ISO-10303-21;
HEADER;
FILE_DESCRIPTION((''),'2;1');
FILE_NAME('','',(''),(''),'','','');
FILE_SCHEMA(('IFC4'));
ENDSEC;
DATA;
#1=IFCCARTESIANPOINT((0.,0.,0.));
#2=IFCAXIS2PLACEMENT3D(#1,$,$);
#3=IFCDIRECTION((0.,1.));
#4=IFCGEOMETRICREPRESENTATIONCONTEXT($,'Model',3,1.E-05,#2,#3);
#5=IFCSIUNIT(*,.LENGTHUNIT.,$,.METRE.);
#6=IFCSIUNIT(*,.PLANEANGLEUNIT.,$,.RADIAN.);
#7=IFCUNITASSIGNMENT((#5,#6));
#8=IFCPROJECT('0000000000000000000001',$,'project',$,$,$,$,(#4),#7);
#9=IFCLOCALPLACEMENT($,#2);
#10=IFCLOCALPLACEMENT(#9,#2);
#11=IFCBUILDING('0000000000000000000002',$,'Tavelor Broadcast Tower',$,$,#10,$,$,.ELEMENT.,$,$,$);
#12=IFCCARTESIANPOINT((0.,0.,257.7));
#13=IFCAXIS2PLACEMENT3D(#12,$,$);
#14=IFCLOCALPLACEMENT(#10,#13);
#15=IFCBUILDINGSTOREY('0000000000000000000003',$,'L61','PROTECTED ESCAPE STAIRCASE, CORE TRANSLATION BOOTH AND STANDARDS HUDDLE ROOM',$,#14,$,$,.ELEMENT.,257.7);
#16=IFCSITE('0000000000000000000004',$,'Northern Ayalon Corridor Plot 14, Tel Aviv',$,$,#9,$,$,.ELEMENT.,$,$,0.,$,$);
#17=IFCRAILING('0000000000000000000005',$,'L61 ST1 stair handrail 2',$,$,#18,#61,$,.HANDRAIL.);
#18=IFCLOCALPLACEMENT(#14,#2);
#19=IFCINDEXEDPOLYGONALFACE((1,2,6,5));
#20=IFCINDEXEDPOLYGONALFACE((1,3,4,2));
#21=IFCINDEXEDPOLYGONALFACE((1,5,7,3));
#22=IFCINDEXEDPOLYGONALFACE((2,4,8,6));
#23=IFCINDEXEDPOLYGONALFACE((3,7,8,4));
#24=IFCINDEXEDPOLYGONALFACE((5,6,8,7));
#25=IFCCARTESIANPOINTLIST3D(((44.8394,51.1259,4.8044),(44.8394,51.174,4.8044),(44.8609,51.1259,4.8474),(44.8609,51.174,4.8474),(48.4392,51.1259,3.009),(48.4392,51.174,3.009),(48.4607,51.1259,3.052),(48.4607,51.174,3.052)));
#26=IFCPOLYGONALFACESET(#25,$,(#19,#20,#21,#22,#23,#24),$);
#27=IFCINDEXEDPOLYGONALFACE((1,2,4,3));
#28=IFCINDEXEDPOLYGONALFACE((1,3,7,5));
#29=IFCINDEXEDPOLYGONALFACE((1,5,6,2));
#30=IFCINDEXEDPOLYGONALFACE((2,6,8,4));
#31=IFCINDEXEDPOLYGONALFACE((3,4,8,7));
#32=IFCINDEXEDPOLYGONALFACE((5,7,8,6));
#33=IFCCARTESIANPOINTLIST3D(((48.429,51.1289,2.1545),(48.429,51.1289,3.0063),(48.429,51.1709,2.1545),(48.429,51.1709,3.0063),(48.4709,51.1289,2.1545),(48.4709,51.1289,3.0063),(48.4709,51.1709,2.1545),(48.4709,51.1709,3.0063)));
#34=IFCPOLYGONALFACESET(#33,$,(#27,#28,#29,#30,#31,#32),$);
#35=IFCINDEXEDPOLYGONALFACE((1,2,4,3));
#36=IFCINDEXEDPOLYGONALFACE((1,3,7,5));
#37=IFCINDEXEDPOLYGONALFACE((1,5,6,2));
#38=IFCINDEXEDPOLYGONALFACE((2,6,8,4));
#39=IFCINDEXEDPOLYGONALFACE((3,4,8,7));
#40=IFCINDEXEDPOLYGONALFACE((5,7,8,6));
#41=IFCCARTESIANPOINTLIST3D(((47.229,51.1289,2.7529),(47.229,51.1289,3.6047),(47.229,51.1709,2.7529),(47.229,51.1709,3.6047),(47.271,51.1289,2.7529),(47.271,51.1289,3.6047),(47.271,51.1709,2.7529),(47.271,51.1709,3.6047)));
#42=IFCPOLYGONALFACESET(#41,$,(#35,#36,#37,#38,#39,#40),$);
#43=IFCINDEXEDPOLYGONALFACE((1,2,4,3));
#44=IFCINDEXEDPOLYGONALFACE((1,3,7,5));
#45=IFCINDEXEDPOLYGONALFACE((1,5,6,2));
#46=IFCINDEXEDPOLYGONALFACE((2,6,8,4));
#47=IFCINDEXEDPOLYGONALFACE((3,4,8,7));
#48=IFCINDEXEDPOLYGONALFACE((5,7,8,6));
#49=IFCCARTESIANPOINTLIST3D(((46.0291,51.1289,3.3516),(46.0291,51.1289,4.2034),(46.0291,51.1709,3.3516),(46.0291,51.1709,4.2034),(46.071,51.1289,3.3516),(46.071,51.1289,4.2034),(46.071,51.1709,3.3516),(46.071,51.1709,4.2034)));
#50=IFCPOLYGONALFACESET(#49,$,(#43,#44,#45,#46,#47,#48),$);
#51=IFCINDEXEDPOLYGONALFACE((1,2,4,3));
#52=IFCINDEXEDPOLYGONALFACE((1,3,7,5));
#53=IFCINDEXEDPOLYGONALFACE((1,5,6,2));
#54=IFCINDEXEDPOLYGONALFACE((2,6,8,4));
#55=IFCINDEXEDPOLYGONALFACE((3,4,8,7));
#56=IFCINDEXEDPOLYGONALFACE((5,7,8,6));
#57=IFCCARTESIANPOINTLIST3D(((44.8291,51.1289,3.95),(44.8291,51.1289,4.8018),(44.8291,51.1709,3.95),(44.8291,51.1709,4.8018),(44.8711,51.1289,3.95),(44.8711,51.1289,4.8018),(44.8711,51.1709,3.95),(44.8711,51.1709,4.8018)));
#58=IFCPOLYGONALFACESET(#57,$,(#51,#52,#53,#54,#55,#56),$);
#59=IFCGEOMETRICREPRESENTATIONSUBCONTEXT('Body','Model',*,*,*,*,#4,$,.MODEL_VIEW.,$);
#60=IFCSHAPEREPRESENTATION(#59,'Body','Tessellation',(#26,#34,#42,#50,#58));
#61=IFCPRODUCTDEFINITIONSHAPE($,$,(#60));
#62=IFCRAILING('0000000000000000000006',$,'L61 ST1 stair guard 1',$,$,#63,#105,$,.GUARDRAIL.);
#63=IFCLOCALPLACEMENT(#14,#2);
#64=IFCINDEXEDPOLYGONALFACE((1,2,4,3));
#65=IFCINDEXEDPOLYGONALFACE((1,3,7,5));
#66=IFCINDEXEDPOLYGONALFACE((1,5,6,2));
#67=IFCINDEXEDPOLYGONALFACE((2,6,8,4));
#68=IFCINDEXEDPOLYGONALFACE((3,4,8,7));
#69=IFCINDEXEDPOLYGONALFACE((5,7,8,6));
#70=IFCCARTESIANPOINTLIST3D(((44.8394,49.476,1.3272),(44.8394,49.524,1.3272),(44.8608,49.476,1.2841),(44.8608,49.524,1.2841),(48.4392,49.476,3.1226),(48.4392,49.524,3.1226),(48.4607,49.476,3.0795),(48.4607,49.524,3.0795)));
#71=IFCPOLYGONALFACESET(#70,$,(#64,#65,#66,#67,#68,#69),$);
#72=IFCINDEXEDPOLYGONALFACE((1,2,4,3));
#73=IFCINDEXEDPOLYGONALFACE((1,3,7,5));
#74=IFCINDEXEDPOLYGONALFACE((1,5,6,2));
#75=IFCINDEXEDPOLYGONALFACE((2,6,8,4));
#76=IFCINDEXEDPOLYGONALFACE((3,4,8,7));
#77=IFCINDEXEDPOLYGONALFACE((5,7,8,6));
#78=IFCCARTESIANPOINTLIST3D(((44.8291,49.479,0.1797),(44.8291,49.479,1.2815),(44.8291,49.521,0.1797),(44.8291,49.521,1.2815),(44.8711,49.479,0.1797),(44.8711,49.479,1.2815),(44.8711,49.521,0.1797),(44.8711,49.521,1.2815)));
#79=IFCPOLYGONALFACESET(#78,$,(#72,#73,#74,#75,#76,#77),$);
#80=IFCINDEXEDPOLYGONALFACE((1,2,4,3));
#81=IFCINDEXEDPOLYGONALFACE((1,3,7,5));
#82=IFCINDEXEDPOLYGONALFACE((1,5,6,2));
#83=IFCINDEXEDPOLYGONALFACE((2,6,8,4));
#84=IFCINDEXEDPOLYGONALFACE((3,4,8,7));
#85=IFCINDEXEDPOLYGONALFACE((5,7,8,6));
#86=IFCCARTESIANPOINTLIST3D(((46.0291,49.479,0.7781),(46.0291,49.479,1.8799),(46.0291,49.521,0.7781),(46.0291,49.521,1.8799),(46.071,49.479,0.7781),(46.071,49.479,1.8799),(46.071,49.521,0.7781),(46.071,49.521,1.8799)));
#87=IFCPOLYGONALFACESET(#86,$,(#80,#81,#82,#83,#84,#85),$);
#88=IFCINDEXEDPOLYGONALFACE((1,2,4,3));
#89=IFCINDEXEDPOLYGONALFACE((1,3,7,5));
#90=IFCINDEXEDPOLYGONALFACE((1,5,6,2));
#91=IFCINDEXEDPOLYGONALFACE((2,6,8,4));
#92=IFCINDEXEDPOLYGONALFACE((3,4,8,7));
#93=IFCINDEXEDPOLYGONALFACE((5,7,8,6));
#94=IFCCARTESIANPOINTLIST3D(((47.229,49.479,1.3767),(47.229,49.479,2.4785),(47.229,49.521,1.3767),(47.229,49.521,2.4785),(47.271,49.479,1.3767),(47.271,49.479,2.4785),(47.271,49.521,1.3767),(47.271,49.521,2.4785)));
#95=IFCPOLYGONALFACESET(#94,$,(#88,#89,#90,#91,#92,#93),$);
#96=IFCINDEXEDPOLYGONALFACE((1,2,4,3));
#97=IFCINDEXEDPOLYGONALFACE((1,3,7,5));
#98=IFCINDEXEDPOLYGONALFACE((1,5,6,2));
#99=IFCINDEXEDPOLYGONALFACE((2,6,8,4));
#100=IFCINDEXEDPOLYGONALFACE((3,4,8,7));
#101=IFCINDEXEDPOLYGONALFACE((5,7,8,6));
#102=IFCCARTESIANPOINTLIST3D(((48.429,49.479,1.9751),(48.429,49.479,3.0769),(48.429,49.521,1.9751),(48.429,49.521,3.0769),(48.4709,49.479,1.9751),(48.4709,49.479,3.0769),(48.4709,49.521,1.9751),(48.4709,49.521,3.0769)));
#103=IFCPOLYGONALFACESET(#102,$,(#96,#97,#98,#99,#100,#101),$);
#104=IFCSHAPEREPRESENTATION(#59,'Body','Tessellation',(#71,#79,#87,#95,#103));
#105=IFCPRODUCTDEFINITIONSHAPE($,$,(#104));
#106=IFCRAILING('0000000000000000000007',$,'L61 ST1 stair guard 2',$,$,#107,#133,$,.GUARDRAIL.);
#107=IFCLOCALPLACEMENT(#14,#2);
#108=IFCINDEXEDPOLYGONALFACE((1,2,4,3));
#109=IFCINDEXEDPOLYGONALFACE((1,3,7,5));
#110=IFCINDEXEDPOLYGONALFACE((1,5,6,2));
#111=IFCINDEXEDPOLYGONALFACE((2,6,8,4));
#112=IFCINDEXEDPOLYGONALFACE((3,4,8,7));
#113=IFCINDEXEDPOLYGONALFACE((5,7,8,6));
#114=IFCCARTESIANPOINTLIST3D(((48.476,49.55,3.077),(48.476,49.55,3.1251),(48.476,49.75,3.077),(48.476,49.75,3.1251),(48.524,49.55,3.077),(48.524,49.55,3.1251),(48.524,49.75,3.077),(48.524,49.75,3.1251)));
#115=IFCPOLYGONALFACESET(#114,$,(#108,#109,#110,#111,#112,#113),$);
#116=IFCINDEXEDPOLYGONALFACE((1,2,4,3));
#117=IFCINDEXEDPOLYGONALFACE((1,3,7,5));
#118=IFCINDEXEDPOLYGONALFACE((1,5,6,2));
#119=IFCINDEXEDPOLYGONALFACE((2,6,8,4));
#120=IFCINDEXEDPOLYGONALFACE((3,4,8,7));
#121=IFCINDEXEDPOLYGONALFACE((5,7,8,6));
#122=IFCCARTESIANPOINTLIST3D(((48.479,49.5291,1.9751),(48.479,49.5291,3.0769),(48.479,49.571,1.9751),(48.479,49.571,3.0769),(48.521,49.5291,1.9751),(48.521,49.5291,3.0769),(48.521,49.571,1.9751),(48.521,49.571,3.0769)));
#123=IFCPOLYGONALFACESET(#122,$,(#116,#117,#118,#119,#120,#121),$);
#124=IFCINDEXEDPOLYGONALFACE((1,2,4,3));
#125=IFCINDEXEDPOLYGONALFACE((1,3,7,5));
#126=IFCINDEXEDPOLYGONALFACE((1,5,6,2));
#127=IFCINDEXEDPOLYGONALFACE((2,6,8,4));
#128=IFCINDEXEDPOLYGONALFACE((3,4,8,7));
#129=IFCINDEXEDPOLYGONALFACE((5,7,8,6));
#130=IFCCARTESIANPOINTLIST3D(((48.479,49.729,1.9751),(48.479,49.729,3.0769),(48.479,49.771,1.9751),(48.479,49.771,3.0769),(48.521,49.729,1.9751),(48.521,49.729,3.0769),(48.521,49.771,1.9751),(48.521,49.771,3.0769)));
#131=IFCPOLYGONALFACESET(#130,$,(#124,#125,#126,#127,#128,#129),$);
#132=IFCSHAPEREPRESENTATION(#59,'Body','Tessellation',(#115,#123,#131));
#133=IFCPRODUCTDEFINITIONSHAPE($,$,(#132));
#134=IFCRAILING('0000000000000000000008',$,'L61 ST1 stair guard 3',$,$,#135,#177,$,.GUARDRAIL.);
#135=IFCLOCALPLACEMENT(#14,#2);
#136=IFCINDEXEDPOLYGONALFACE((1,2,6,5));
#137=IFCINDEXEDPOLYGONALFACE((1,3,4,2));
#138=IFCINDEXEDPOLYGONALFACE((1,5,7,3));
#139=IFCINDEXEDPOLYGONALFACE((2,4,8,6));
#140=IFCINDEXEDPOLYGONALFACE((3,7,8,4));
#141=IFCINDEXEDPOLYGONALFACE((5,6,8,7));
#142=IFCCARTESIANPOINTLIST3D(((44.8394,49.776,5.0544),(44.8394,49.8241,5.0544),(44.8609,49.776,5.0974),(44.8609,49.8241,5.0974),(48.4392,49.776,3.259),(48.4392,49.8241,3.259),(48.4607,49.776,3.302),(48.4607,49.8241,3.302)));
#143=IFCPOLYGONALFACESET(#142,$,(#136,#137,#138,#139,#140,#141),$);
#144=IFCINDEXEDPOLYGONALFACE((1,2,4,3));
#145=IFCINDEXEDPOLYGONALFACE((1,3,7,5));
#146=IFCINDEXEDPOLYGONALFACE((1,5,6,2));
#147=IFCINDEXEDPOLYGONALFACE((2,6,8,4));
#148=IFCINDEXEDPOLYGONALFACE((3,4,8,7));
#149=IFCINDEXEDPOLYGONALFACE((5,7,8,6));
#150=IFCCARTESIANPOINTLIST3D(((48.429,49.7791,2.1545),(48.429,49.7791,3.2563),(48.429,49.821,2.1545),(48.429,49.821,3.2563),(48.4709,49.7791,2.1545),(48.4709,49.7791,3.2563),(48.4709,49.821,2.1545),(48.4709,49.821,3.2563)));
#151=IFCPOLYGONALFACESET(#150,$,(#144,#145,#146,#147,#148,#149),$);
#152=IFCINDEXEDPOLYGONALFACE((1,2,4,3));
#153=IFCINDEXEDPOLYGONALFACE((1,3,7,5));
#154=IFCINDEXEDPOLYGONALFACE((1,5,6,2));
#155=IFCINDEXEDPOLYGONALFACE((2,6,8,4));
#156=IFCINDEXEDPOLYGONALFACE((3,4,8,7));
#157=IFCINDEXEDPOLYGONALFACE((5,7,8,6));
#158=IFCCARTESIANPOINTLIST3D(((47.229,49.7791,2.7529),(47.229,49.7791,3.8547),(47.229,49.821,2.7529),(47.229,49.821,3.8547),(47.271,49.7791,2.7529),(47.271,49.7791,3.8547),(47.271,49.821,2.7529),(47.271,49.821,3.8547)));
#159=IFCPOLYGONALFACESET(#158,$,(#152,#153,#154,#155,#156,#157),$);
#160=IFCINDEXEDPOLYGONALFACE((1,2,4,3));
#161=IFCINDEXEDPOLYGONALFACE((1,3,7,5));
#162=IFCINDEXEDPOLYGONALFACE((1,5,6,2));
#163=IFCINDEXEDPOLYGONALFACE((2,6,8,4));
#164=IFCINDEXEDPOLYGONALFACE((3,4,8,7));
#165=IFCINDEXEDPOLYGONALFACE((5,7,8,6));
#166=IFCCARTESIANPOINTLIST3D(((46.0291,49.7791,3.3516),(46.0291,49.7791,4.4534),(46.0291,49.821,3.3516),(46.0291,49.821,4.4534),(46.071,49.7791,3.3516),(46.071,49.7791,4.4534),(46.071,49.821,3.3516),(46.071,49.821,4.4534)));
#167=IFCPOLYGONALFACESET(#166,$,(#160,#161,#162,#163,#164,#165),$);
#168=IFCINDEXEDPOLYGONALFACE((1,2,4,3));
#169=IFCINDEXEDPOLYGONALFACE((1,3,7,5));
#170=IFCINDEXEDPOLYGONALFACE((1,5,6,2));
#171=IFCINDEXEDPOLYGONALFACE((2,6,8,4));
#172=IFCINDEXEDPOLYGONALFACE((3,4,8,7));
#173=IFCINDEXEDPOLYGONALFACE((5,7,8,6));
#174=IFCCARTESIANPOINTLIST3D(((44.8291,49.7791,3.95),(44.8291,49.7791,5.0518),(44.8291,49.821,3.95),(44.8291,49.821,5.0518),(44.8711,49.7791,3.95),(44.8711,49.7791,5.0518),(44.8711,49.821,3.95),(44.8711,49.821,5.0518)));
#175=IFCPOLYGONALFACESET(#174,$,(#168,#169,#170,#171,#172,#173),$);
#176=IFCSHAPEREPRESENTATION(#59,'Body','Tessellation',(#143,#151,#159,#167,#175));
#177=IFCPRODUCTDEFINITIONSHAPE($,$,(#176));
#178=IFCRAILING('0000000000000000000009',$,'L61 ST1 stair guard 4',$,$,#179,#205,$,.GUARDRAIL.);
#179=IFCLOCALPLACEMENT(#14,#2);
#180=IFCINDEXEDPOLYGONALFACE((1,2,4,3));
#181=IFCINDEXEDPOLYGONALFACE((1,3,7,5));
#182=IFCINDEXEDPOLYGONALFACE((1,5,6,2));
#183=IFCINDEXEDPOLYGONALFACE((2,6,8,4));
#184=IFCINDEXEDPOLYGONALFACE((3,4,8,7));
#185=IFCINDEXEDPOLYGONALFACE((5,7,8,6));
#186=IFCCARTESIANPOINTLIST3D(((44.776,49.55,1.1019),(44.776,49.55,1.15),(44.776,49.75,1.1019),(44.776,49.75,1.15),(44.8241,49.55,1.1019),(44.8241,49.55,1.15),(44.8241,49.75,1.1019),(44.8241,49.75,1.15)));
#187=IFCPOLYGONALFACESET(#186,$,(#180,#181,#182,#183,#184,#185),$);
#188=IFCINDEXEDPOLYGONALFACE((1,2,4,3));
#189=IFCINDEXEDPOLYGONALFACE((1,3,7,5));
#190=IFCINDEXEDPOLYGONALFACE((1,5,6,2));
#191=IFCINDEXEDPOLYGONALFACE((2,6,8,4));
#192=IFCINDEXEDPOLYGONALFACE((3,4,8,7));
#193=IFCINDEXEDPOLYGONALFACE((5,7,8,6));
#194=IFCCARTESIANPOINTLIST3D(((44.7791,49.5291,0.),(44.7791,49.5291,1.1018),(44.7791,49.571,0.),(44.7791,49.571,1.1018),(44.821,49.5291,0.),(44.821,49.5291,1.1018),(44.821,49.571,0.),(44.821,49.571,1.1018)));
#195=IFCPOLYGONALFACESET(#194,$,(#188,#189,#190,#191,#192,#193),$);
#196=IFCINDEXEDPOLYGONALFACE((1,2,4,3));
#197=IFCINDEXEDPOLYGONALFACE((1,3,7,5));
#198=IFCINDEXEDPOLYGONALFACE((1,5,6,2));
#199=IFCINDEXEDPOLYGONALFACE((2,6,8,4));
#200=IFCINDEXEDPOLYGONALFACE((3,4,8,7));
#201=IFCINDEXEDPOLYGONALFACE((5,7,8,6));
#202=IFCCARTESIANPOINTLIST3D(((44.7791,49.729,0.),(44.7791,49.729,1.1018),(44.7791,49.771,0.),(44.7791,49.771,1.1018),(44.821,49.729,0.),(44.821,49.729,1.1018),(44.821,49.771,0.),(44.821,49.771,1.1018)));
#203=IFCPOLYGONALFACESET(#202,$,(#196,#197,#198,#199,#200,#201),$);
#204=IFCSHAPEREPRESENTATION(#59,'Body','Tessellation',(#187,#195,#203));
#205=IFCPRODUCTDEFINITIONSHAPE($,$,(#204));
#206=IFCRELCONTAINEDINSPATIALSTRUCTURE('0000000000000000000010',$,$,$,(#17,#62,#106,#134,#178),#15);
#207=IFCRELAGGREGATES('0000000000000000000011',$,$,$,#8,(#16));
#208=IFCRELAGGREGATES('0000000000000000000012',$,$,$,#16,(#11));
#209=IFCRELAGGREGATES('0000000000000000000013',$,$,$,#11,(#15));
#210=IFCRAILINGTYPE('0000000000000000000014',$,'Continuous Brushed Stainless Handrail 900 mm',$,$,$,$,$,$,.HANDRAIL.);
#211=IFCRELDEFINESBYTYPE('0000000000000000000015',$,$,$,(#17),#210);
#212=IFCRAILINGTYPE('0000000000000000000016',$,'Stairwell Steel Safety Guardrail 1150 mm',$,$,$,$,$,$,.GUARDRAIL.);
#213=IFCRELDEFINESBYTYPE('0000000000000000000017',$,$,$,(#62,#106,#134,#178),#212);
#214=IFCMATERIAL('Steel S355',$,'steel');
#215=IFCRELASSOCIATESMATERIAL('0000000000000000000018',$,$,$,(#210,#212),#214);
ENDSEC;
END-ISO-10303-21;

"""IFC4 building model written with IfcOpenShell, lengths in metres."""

from ifc_helpers import new_model, si_unit, direction, frame, origin, origin_2d, place, context, subcontext, project, spatial, rectangle, extrude, material, type_object, element, save


model = new_model("IFC4")

# Units and contexts
model_context = context("Model", 3, precision=1e-05, world=origin(), true_north=direction((0.0, 1.0)))
body_context = subcontext(model_context, "Body", "Model", "MODEL_VIEW")
ifc_project = project(units=[si_unit("LENGTHUNIT", "METRE"), si_unit("PLANEANGLEUNIT", "RADIAN")], contexts=[model_context])

# Site, building, storey
site_placement = place(None, origin())
site = spatial("IfcSite", under=ifc_project, at=site_placement, Name="Northern Ayalon Corridor Plot 14, Tel Aviv", CompositionType="ELEMENT", RefElevation=0.0)
building_placement = place(site_placement, origin())
building = spatial("IfcBuilding", under=site, at=building_placement, Name="Tavelor Broadcast Tower", CompositionType="ELEMENT")
storey_placement = place(building_placement, frame((0.0, 0.0, 257.7)))
storey = spatial("IfcBuildingStorey", under=building, at=storey_placement, Name="L61", Description="PROTECTED ESCAPE STAIRCASE, CORE TRANSLATION BOOTH AND STANDARDS HUDDLE ROOM", CompositionType="ELEMENT", Elevation=257.7)

# Shared definitions
ifc_material_1 = material(Name="Steel S355", Category="steel")

# Railings
railing_type_1 = type_object("IfcRailingType", Name="Continuous Brushed Stainless Handrail 900 mm", PredefinedType="HANDRAIL", material=ifc_material_1)
railing_1_placement = place(storey_placement, frame((48.45, 51.1499, 2.1545)))
element("IfcRailing", 1, at=railing_1_placement, inside=storey, type_object=railing_type_1, Name="L61 ST1 stair handrail 2", PredefinedType="HANDRAIL", context=body_context, shape_type="SweptSolid", body=[
    extrude(rectangle(XDim=0.0481, YDim=0.0481, at=origin_2d()), frame((0.0, 0.0, 0.876), z_axis=(-0.894876, 0.0, 0.446315), x_axis=(0.0, -1.0, 0.0)), (0.0, 0.0, 1.0), 4.0227),
    extrude(rectangle(XDim=0.042, YDim=0.042, at=origin_2d()), origin(), (0.0, 0.0, 1.0), 0.8518),
    extrude(rectangle(XDim=0.042, YDim=0.042, at=origin_2d()), frame((-1.2, 0.0, 0.5984)), (0.0, 0.0, 1.0), 0.8518),
    extrude(rectangle(XDim=0.042, YDim=0.042, at=origin_2d()), frame((-2.3999, 0.0, 1.197)), (0.0, 0.0, 1.0), 0.8518),
    extrude(rectangle(XDim=0.042, YDim=0.042, at=origin_2d()), frame((-3.5999, 0.0, 1.7954)), (0.0, 0.0, 1.0), 0.8518),
])
railing_type_2 = type_object("IfcRailingType", Name="Stairwell Steel Safety Guardrail 1150 mm", PredefinedType="GUARDRAIL", material=ifc_material_1)
railing_2_placement = place(storey_placement, frame((44.8501, 49.5, 0.1797)))
element("IfcRailing", 2, at=railing_2_placement, inside=storey, type_object=railing_type_2, Name="L61 ST1 stair guard 1", PredefinedType="GUARDRAIL", context=body_context, shape_type="SweptSolid", body=[
    extrude(rectangle(XDim=0.0481, YDim=0.0481, at=origin_2d()), frame((0.0, 0.0, 1.126), z_axis=(0.894876, 0.0, 0.446315), x_axis=(0.0, 1.0, 0.0)), (0.0, 0.0, 1.0), 4.0227),
    extrude(rectangle(XDim=0.042, YDim=0.042, at=origin_2d()), origin(), (0.0, 0.0, 1.0), 1.1018),
    extrude(rectangle(XDim=0.042, YDim=0.042, at=origin_2d()), frame((1.2, 0.0, 0.5984)), (0.0, 0.0, 1.0), 1.1018),
    extrude(rectangle(XDim=0.042, YDim=0.042, at=origin_2d()), frame((2.3999, 0.0, 1.197)), (0.0, 0.0, 1.0), 1.1018),
    extrude(rectangle(XDim=0.042, YDim=0.042, at=origin_2d()), frame((3.5999, 0.0, 1.7954)), (0.0, 0.0, 1.0), 1.1018),
])
railing_3_placement = place(storey_placement, frame((48.5, 49.55, 1.9751)))
element("IfcRailing", 3, at=railing_3_placement, inside=storey, type_object=railing_type_2, Name="L61 ST1 stair guard 2", PredefinedType="GUARDRAIL", context=body_context, shape_type="SweptSolid", body=[
    extrude(rectangle(XDim=0.0481, YDim=0.0481, at=origin_2d()), frame((0.0, 0.0, 1.126), z_axis=(0.0, 1.0, 0.0), x_axis=(-1.0, 0.0, 0.0)), (0.0, 0.0, 1.0), 0.2),
    extrude(rectangle(XDim=0.042, YDim=0.042, at=origin_2d()), origin(), (0.0, 0.0, 1.0), 1.1018),
    extrude(rectangle(XDim=0.042, YDim=0.042, at=origin_2d()), frame((0.0, 0.2, 0.0)), (0.0, 0.0, 1.0), 1.1018),
])
railing_4_placement = place(storey_placement, frame((48.45, 49.8, 2.1545)))
element("IfcRailing", 4, at=railing_4_placement, inside=storey, type_object=railing_type_2, Name="L61 ST1 stair guard 3", PredefinedType="GUARDRAIL", context=body_context, shape_type="SweptSolid", body=[
    extrude(rectangle(XDim=0.0481, YDim=0.0481, at=origin_2d()), frame((0.0, 0.0, 1.126), z_axis=(-0.894876, 0.0, 0.446315), x_axis=(0.0, -1.0, 0.0)), (0.0, 0.0, 1.0), 4.0227),
    extrude(rectangle(XDim=0.042, YDim=0.042, at=origin_2d()), origin(), (0.0, 0.0, 1.0), 1.1018),
    extrude(rectangle(XDim=0.042, YDim=0.042, at=origin_2d()), frame((-1.2, 0.0, 0.5984)), (0.0, 0.0, 1.0), 1.1018),
    extrude(rectangle(XDim=0.042, YDim=0.042, at=origin_2d()), frame((-2.3999, 0.0, 1.197)), (0.0, 0.0, 1.0), 1.1018),
    extrude(rectangle(XDim=0.042, YDim=0.042, at=origin_2d()), frame((-3.5999, 0.0, 1.7954)), (0.0, 0.0, 1.0), 1.1018),
])
railing_5_placement = place(storey_placement, frame((44.8, 49.55, 0.0)))
element("IfcRailing", 5, at=railing_5_placement, inside=storey, type_object=railing_type_2, Name="L61 ST1 stair guard 4", PredefinedType="GUARDRAIL", context=body_context, shape_type="SweptSolid", body=[
    extrude(rectangle(XDim=0.0481, YDim=0.0481, at=origin_2d()), frame((0.0, 0.0, 1.126), z_axis=(0.0, 1.0, 0.0), x_axis=(-1.0, 0.0, 0.0)), (0.0, 0.0, 1.0), 0.2),
    extrude(rectangle(XDim=0.042, YDim=0.042, at=origin_2d()), origin(), (0.0, 0.0, 1.0), 1.1018),
    extrude(rectangle(XDim=0.042, YDim=0.042, at=origin_2d()), frame((0.0, 0.2, 0.0)), (0.0, 0.0, 1.0), 1.1018),
])

save(model, "model.ifc")
